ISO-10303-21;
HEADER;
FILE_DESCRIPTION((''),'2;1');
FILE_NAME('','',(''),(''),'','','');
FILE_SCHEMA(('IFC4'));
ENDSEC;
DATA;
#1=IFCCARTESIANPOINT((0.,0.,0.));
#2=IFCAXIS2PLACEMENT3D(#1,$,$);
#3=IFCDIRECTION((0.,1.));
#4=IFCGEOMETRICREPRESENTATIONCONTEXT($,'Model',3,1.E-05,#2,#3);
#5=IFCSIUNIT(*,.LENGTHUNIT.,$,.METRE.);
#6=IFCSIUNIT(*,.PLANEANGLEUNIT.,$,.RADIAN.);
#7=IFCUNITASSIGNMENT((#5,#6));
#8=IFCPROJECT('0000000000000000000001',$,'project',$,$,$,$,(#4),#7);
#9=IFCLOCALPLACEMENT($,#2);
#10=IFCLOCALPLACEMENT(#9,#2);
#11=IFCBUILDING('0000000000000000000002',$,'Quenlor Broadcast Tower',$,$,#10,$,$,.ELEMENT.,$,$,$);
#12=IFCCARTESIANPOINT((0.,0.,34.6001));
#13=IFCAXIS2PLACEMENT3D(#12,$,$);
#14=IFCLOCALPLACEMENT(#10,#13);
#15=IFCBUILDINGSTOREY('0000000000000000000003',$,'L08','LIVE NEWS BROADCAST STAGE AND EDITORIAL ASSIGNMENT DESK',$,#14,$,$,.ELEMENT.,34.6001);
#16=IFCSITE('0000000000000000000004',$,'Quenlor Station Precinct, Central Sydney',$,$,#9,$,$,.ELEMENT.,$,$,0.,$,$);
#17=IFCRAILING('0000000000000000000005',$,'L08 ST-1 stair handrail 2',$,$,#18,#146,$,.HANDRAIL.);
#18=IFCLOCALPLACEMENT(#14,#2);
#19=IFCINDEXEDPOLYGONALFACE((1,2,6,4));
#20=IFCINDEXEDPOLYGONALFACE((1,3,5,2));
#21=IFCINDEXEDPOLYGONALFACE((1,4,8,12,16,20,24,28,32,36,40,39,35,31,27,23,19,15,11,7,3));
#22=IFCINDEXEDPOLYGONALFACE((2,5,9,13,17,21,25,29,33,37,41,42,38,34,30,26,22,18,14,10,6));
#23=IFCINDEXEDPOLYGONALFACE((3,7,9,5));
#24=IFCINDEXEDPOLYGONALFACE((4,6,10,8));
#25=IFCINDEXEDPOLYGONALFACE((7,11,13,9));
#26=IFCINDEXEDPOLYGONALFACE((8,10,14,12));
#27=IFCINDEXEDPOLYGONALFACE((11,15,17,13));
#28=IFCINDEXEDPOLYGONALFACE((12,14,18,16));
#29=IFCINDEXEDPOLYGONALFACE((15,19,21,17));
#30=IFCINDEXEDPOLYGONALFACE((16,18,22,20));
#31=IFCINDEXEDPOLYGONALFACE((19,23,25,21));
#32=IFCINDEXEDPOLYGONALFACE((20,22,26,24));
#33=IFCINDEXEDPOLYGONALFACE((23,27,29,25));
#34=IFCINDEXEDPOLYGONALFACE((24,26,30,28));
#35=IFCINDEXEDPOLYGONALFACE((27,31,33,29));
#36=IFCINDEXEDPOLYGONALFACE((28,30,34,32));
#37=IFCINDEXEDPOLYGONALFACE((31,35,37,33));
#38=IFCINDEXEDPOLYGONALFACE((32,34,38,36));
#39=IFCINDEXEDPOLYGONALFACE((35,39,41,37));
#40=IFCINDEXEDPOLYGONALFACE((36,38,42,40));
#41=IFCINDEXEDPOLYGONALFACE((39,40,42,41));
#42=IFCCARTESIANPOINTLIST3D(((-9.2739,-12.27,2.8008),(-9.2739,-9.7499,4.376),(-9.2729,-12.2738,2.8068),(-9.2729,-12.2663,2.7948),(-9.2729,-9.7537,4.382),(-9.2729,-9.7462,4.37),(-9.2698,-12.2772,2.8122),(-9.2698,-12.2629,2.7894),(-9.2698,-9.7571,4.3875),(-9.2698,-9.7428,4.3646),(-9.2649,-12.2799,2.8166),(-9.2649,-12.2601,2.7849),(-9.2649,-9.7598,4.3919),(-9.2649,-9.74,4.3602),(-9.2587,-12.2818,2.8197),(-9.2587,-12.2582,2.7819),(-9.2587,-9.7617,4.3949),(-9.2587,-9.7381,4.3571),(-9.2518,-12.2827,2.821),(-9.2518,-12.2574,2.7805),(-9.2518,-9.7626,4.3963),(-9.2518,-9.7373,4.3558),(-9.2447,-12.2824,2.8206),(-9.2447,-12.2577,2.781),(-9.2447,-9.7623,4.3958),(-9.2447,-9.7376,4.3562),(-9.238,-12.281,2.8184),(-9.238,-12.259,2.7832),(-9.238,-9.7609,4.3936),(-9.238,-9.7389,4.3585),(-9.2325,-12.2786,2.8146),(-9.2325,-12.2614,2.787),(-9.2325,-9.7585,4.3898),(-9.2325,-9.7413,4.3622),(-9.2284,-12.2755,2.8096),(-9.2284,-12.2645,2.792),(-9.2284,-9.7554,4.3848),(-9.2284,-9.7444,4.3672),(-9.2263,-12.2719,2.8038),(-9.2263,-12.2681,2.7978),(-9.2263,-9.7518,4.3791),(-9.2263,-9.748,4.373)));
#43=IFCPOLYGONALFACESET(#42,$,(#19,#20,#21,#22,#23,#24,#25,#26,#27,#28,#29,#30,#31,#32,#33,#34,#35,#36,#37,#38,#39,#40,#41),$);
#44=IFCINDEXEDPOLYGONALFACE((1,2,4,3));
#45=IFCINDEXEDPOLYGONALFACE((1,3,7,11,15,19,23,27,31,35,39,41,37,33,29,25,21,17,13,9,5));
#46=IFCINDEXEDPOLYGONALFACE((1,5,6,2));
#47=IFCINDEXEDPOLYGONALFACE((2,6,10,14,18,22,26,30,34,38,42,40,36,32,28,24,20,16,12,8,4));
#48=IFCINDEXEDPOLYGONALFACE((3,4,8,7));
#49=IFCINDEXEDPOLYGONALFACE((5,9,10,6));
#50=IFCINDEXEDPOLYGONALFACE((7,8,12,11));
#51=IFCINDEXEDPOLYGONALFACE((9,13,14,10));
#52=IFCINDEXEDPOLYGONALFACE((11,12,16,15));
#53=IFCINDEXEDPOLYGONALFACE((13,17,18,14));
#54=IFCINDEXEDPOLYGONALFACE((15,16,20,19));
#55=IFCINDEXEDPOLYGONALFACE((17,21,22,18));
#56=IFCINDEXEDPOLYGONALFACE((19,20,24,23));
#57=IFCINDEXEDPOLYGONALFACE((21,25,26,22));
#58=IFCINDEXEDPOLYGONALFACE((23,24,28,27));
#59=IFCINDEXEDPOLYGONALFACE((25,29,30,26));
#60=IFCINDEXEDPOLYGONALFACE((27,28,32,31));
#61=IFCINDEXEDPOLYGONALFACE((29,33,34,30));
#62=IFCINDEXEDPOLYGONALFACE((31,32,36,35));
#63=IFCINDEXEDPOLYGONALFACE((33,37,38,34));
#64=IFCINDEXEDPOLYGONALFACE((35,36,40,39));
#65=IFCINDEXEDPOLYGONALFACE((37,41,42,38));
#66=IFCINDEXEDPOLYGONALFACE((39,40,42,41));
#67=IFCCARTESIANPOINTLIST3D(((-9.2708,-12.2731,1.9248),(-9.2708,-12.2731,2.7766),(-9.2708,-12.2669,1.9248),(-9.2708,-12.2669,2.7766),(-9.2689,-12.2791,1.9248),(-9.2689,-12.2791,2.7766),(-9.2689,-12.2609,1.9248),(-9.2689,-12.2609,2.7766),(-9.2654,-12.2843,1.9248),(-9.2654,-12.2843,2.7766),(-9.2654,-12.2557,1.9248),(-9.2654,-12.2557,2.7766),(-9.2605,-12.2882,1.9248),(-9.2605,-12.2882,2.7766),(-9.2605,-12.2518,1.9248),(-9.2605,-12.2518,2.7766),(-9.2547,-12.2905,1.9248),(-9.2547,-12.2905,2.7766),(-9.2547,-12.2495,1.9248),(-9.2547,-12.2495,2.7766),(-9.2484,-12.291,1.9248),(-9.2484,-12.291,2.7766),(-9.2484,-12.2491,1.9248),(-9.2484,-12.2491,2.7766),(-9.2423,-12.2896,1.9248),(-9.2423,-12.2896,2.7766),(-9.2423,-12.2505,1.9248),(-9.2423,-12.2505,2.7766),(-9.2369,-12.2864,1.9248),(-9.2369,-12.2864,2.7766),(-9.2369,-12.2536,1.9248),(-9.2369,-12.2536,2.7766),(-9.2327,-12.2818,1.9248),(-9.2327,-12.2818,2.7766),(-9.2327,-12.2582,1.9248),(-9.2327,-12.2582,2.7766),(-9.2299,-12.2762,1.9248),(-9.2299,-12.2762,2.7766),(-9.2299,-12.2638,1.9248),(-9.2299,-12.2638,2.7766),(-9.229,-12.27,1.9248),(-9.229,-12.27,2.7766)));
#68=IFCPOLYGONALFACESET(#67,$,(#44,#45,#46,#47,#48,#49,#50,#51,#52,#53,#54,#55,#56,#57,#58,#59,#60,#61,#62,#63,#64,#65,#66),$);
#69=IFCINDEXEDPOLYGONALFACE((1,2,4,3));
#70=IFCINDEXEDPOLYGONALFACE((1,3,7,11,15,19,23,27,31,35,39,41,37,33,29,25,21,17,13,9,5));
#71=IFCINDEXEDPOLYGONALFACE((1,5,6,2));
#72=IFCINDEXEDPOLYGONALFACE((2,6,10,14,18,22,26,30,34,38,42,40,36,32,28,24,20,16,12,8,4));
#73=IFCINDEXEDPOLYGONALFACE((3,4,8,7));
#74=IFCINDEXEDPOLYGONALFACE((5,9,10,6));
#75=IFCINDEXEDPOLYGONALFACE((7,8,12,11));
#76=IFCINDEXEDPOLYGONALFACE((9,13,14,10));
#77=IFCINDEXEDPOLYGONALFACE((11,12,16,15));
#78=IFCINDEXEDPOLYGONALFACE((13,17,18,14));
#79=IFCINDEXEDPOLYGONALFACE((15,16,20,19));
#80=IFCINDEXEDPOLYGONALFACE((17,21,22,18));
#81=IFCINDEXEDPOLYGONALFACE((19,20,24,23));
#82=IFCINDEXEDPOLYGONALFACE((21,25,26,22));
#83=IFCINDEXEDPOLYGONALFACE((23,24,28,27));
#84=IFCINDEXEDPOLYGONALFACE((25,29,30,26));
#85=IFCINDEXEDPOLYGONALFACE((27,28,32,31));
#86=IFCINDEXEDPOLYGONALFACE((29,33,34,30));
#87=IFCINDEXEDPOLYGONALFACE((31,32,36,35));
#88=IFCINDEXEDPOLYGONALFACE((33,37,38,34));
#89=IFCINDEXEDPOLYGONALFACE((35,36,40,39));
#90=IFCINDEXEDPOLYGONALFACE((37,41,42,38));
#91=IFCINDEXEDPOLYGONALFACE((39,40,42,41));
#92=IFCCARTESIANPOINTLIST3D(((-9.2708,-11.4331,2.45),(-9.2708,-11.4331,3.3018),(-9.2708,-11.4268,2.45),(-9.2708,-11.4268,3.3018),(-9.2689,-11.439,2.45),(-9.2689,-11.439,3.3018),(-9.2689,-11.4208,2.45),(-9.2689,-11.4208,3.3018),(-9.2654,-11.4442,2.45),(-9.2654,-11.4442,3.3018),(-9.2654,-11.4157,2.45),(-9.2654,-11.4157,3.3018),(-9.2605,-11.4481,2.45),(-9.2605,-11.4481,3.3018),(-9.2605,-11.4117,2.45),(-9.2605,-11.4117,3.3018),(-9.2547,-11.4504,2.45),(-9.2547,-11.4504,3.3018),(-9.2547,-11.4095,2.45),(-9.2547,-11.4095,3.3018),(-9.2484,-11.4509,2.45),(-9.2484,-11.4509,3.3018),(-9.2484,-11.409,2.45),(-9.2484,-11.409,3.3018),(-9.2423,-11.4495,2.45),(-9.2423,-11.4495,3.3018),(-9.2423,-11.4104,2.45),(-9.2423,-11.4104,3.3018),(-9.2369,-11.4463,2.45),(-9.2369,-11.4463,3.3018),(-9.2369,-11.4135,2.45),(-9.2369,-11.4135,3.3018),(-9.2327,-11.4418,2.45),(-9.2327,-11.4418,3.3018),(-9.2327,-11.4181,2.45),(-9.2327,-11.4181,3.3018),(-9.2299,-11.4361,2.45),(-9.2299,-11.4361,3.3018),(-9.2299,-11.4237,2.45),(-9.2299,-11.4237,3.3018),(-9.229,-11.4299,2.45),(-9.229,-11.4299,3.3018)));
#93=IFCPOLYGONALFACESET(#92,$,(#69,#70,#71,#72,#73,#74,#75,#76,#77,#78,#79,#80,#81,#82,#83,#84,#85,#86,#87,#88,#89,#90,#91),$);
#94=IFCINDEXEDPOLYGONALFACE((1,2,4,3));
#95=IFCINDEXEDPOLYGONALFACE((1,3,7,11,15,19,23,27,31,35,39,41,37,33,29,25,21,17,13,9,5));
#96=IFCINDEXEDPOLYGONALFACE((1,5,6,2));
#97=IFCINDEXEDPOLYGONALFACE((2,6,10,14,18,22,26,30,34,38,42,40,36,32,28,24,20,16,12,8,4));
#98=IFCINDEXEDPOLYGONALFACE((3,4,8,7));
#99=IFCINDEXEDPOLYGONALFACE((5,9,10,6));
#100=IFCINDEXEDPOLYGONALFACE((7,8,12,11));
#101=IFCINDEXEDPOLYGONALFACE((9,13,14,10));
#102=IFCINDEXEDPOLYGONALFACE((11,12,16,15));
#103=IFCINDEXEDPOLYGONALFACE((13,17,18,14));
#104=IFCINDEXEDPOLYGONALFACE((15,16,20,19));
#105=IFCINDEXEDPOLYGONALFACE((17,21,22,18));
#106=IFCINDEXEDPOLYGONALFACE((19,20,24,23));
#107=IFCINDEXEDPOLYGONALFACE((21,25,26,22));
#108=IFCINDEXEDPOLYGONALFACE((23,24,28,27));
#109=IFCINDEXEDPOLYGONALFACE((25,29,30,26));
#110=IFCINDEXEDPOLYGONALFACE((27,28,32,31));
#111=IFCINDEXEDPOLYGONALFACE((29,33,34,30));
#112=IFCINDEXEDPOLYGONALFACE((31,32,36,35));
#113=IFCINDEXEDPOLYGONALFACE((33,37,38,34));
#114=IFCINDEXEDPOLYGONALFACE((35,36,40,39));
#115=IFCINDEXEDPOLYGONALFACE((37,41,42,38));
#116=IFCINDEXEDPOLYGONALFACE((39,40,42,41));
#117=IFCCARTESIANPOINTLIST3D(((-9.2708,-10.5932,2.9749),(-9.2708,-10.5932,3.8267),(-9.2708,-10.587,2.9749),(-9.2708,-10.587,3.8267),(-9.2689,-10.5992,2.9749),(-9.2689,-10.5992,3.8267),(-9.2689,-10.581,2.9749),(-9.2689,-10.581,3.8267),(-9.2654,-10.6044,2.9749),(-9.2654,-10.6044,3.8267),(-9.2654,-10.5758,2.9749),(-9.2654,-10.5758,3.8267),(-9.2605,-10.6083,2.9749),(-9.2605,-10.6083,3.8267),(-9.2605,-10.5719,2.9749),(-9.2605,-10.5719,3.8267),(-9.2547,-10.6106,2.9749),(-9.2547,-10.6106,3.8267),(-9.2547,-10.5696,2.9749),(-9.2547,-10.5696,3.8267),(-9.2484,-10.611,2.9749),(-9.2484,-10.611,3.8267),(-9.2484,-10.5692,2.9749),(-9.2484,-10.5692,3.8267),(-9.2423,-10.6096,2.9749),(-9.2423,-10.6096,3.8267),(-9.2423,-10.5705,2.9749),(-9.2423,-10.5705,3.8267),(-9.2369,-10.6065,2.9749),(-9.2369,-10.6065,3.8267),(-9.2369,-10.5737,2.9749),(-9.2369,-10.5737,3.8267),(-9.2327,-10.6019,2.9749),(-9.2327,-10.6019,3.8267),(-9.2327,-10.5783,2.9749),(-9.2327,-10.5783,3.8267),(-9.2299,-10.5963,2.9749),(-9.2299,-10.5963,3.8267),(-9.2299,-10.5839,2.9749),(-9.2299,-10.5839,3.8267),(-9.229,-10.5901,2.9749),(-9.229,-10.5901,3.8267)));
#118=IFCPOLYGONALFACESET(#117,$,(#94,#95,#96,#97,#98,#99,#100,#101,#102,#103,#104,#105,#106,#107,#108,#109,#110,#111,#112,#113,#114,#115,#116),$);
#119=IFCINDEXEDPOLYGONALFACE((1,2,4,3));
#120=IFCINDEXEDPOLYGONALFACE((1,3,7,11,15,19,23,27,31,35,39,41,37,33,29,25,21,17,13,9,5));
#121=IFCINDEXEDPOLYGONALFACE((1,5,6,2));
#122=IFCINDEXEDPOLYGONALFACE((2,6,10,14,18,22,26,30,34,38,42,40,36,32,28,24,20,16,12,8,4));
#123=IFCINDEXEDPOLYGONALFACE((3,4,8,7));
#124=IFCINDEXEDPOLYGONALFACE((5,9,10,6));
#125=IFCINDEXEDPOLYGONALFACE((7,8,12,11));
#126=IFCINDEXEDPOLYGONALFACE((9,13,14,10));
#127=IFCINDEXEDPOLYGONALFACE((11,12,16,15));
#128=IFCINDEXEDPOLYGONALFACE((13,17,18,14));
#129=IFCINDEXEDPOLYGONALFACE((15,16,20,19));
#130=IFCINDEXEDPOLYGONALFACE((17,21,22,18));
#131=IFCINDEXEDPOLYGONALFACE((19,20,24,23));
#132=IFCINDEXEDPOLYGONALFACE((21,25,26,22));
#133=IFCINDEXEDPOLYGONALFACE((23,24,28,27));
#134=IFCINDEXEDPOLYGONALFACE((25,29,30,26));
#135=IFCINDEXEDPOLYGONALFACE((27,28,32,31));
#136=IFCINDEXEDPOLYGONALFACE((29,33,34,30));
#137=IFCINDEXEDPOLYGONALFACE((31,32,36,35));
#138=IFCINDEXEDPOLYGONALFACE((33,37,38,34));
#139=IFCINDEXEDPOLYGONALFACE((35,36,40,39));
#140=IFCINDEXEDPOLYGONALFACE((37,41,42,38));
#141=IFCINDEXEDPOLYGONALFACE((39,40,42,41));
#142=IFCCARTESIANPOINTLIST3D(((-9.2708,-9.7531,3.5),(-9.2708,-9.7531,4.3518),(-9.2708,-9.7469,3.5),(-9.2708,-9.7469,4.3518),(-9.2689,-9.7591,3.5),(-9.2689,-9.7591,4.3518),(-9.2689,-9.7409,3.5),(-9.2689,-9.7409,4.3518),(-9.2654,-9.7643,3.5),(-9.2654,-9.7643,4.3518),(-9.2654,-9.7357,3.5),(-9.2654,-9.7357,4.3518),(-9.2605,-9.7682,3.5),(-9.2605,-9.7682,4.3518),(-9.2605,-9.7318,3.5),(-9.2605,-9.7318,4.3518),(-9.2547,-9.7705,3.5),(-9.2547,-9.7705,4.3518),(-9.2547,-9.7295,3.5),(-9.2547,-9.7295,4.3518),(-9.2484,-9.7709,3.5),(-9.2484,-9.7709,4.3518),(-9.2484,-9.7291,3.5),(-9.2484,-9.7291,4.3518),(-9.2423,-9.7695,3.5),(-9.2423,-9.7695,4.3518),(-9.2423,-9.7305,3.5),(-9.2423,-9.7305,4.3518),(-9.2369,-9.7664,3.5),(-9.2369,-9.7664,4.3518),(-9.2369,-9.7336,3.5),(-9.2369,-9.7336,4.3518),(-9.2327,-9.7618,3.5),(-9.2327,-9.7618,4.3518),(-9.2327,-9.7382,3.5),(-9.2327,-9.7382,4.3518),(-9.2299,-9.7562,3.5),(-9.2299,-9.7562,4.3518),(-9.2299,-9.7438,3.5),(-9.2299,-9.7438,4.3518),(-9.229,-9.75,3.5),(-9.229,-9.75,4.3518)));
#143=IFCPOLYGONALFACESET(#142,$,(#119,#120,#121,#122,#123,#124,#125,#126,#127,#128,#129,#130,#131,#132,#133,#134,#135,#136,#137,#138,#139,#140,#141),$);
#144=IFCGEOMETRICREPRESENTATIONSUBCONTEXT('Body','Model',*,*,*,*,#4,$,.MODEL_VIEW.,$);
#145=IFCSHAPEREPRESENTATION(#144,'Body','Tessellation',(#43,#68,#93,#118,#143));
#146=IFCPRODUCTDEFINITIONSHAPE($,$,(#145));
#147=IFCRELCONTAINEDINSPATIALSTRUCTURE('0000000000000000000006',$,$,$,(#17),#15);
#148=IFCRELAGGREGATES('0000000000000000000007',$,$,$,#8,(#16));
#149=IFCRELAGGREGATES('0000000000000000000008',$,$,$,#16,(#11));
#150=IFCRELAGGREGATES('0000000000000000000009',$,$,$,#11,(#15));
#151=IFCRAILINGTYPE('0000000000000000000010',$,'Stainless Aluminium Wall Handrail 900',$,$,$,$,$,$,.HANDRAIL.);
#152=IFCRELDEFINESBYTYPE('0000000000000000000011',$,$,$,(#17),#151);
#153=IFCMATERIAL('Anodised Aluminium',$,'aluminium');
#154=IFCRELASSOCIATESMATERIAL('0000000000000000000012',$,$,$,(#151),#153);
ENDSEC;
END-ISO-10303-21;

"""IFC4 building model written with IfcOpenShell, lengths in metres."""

from ifc_helpers import new_model, si_unit, direction, frame, origin, origin_2d, place, context, subcontext, project, spatial, circle, extrude, material, type_object, element, save


model = new_model("IFC4")

# Units and contexts
model_context = context("Model", 3, precision=1e-05, world=origin(), true_north=direction((0.0, 1.0)))
body_context = subcontext(model_context, "Body", "Model", "MODEL_VIEW")
ifc_project = project(units=[si_unit("LENGTHUNIT", "METRE"), si_unit("PLANEANGLEUNIT", "RADIAN")], contexts=[model_context])

# Site, building, storey
site_placement = place(None, origin())
site = spatial("IfcSite", under=ifc_project, at=site_placement, Name="Quenlor Station Precinct, Central Sydney", CompositionType="ELEMENT", RefElevation=0.0)
building_placement = place(site_placement, origin())
building = spatial("IfcBuilding", under=site, at=building_placement, Name="Quenlor Broadcast Tower", CompositionType="ELEMENT")
storey_placement = place(building_placement, frame((0.0, 0.0, 34.6001)))
storey = spatial("IfcBuildingStorey", under=building, at=storey_placement, Name="L08", Description="LIVE NEWS BROADCAST STAGE AND EDITORIAL ASSIGNMENT DESK", CompositionType="ELEMENT", Elevation=34.6001)

# Railing
ifc_material_1 = material(Name="Anodised Aluminium", Category="aluminium")
railing_type_1 = type_object("IfcRailingType", Name="Stainless Aluminium Wall Handrail 900", PredefinedType="HANDRAIL", material=ifc_material_1)
railing_1_placement = place(storey_placement, frame((-9.25, -12.27, 1.9248)))
element("IfcRailing", 1, at=railing_1_placement, inside=storey, type_object=railing_type_1, Name="L08 ST-1 stair handrail 2", PredefinedType="HANDRAIL", context=body_context, shape_type="SweptSolid", body=[
    extrude(circle(Radius=0.0239, at=origin_2d()), frame((0.0, 0.0, 0.876), z_axis=(0.0, 0.847971, 0.530043), x_axis=(-1.0, 0.0, 0.0)), (0.0, 0.0, 1.0), 2.9719),
    extrude(circle(Radius=0.021, at=origin_2d()), origin(), (0.0, 0.0, 1.0), 0.8518),
    extrude(circle(Radius=0.021, at=origin_2d()), frame((0.0, 0.8401, 0.5251)), (0.0, 0.0, 1.0), 0.8518),
    extrude(circle(Radius=0.021, at=origin_2d()), frame((0.0, 1.6799, 1.05)), (0.0, 0.0, 1.0), 0.8518),
    extrude(circle(Radius=0.021, at=origin_2d()), frame((0.0, 2.52, 1.5752)), (0.0, 0.0, 1.0), 0.8518),
])

save(model, "model.ifc")
